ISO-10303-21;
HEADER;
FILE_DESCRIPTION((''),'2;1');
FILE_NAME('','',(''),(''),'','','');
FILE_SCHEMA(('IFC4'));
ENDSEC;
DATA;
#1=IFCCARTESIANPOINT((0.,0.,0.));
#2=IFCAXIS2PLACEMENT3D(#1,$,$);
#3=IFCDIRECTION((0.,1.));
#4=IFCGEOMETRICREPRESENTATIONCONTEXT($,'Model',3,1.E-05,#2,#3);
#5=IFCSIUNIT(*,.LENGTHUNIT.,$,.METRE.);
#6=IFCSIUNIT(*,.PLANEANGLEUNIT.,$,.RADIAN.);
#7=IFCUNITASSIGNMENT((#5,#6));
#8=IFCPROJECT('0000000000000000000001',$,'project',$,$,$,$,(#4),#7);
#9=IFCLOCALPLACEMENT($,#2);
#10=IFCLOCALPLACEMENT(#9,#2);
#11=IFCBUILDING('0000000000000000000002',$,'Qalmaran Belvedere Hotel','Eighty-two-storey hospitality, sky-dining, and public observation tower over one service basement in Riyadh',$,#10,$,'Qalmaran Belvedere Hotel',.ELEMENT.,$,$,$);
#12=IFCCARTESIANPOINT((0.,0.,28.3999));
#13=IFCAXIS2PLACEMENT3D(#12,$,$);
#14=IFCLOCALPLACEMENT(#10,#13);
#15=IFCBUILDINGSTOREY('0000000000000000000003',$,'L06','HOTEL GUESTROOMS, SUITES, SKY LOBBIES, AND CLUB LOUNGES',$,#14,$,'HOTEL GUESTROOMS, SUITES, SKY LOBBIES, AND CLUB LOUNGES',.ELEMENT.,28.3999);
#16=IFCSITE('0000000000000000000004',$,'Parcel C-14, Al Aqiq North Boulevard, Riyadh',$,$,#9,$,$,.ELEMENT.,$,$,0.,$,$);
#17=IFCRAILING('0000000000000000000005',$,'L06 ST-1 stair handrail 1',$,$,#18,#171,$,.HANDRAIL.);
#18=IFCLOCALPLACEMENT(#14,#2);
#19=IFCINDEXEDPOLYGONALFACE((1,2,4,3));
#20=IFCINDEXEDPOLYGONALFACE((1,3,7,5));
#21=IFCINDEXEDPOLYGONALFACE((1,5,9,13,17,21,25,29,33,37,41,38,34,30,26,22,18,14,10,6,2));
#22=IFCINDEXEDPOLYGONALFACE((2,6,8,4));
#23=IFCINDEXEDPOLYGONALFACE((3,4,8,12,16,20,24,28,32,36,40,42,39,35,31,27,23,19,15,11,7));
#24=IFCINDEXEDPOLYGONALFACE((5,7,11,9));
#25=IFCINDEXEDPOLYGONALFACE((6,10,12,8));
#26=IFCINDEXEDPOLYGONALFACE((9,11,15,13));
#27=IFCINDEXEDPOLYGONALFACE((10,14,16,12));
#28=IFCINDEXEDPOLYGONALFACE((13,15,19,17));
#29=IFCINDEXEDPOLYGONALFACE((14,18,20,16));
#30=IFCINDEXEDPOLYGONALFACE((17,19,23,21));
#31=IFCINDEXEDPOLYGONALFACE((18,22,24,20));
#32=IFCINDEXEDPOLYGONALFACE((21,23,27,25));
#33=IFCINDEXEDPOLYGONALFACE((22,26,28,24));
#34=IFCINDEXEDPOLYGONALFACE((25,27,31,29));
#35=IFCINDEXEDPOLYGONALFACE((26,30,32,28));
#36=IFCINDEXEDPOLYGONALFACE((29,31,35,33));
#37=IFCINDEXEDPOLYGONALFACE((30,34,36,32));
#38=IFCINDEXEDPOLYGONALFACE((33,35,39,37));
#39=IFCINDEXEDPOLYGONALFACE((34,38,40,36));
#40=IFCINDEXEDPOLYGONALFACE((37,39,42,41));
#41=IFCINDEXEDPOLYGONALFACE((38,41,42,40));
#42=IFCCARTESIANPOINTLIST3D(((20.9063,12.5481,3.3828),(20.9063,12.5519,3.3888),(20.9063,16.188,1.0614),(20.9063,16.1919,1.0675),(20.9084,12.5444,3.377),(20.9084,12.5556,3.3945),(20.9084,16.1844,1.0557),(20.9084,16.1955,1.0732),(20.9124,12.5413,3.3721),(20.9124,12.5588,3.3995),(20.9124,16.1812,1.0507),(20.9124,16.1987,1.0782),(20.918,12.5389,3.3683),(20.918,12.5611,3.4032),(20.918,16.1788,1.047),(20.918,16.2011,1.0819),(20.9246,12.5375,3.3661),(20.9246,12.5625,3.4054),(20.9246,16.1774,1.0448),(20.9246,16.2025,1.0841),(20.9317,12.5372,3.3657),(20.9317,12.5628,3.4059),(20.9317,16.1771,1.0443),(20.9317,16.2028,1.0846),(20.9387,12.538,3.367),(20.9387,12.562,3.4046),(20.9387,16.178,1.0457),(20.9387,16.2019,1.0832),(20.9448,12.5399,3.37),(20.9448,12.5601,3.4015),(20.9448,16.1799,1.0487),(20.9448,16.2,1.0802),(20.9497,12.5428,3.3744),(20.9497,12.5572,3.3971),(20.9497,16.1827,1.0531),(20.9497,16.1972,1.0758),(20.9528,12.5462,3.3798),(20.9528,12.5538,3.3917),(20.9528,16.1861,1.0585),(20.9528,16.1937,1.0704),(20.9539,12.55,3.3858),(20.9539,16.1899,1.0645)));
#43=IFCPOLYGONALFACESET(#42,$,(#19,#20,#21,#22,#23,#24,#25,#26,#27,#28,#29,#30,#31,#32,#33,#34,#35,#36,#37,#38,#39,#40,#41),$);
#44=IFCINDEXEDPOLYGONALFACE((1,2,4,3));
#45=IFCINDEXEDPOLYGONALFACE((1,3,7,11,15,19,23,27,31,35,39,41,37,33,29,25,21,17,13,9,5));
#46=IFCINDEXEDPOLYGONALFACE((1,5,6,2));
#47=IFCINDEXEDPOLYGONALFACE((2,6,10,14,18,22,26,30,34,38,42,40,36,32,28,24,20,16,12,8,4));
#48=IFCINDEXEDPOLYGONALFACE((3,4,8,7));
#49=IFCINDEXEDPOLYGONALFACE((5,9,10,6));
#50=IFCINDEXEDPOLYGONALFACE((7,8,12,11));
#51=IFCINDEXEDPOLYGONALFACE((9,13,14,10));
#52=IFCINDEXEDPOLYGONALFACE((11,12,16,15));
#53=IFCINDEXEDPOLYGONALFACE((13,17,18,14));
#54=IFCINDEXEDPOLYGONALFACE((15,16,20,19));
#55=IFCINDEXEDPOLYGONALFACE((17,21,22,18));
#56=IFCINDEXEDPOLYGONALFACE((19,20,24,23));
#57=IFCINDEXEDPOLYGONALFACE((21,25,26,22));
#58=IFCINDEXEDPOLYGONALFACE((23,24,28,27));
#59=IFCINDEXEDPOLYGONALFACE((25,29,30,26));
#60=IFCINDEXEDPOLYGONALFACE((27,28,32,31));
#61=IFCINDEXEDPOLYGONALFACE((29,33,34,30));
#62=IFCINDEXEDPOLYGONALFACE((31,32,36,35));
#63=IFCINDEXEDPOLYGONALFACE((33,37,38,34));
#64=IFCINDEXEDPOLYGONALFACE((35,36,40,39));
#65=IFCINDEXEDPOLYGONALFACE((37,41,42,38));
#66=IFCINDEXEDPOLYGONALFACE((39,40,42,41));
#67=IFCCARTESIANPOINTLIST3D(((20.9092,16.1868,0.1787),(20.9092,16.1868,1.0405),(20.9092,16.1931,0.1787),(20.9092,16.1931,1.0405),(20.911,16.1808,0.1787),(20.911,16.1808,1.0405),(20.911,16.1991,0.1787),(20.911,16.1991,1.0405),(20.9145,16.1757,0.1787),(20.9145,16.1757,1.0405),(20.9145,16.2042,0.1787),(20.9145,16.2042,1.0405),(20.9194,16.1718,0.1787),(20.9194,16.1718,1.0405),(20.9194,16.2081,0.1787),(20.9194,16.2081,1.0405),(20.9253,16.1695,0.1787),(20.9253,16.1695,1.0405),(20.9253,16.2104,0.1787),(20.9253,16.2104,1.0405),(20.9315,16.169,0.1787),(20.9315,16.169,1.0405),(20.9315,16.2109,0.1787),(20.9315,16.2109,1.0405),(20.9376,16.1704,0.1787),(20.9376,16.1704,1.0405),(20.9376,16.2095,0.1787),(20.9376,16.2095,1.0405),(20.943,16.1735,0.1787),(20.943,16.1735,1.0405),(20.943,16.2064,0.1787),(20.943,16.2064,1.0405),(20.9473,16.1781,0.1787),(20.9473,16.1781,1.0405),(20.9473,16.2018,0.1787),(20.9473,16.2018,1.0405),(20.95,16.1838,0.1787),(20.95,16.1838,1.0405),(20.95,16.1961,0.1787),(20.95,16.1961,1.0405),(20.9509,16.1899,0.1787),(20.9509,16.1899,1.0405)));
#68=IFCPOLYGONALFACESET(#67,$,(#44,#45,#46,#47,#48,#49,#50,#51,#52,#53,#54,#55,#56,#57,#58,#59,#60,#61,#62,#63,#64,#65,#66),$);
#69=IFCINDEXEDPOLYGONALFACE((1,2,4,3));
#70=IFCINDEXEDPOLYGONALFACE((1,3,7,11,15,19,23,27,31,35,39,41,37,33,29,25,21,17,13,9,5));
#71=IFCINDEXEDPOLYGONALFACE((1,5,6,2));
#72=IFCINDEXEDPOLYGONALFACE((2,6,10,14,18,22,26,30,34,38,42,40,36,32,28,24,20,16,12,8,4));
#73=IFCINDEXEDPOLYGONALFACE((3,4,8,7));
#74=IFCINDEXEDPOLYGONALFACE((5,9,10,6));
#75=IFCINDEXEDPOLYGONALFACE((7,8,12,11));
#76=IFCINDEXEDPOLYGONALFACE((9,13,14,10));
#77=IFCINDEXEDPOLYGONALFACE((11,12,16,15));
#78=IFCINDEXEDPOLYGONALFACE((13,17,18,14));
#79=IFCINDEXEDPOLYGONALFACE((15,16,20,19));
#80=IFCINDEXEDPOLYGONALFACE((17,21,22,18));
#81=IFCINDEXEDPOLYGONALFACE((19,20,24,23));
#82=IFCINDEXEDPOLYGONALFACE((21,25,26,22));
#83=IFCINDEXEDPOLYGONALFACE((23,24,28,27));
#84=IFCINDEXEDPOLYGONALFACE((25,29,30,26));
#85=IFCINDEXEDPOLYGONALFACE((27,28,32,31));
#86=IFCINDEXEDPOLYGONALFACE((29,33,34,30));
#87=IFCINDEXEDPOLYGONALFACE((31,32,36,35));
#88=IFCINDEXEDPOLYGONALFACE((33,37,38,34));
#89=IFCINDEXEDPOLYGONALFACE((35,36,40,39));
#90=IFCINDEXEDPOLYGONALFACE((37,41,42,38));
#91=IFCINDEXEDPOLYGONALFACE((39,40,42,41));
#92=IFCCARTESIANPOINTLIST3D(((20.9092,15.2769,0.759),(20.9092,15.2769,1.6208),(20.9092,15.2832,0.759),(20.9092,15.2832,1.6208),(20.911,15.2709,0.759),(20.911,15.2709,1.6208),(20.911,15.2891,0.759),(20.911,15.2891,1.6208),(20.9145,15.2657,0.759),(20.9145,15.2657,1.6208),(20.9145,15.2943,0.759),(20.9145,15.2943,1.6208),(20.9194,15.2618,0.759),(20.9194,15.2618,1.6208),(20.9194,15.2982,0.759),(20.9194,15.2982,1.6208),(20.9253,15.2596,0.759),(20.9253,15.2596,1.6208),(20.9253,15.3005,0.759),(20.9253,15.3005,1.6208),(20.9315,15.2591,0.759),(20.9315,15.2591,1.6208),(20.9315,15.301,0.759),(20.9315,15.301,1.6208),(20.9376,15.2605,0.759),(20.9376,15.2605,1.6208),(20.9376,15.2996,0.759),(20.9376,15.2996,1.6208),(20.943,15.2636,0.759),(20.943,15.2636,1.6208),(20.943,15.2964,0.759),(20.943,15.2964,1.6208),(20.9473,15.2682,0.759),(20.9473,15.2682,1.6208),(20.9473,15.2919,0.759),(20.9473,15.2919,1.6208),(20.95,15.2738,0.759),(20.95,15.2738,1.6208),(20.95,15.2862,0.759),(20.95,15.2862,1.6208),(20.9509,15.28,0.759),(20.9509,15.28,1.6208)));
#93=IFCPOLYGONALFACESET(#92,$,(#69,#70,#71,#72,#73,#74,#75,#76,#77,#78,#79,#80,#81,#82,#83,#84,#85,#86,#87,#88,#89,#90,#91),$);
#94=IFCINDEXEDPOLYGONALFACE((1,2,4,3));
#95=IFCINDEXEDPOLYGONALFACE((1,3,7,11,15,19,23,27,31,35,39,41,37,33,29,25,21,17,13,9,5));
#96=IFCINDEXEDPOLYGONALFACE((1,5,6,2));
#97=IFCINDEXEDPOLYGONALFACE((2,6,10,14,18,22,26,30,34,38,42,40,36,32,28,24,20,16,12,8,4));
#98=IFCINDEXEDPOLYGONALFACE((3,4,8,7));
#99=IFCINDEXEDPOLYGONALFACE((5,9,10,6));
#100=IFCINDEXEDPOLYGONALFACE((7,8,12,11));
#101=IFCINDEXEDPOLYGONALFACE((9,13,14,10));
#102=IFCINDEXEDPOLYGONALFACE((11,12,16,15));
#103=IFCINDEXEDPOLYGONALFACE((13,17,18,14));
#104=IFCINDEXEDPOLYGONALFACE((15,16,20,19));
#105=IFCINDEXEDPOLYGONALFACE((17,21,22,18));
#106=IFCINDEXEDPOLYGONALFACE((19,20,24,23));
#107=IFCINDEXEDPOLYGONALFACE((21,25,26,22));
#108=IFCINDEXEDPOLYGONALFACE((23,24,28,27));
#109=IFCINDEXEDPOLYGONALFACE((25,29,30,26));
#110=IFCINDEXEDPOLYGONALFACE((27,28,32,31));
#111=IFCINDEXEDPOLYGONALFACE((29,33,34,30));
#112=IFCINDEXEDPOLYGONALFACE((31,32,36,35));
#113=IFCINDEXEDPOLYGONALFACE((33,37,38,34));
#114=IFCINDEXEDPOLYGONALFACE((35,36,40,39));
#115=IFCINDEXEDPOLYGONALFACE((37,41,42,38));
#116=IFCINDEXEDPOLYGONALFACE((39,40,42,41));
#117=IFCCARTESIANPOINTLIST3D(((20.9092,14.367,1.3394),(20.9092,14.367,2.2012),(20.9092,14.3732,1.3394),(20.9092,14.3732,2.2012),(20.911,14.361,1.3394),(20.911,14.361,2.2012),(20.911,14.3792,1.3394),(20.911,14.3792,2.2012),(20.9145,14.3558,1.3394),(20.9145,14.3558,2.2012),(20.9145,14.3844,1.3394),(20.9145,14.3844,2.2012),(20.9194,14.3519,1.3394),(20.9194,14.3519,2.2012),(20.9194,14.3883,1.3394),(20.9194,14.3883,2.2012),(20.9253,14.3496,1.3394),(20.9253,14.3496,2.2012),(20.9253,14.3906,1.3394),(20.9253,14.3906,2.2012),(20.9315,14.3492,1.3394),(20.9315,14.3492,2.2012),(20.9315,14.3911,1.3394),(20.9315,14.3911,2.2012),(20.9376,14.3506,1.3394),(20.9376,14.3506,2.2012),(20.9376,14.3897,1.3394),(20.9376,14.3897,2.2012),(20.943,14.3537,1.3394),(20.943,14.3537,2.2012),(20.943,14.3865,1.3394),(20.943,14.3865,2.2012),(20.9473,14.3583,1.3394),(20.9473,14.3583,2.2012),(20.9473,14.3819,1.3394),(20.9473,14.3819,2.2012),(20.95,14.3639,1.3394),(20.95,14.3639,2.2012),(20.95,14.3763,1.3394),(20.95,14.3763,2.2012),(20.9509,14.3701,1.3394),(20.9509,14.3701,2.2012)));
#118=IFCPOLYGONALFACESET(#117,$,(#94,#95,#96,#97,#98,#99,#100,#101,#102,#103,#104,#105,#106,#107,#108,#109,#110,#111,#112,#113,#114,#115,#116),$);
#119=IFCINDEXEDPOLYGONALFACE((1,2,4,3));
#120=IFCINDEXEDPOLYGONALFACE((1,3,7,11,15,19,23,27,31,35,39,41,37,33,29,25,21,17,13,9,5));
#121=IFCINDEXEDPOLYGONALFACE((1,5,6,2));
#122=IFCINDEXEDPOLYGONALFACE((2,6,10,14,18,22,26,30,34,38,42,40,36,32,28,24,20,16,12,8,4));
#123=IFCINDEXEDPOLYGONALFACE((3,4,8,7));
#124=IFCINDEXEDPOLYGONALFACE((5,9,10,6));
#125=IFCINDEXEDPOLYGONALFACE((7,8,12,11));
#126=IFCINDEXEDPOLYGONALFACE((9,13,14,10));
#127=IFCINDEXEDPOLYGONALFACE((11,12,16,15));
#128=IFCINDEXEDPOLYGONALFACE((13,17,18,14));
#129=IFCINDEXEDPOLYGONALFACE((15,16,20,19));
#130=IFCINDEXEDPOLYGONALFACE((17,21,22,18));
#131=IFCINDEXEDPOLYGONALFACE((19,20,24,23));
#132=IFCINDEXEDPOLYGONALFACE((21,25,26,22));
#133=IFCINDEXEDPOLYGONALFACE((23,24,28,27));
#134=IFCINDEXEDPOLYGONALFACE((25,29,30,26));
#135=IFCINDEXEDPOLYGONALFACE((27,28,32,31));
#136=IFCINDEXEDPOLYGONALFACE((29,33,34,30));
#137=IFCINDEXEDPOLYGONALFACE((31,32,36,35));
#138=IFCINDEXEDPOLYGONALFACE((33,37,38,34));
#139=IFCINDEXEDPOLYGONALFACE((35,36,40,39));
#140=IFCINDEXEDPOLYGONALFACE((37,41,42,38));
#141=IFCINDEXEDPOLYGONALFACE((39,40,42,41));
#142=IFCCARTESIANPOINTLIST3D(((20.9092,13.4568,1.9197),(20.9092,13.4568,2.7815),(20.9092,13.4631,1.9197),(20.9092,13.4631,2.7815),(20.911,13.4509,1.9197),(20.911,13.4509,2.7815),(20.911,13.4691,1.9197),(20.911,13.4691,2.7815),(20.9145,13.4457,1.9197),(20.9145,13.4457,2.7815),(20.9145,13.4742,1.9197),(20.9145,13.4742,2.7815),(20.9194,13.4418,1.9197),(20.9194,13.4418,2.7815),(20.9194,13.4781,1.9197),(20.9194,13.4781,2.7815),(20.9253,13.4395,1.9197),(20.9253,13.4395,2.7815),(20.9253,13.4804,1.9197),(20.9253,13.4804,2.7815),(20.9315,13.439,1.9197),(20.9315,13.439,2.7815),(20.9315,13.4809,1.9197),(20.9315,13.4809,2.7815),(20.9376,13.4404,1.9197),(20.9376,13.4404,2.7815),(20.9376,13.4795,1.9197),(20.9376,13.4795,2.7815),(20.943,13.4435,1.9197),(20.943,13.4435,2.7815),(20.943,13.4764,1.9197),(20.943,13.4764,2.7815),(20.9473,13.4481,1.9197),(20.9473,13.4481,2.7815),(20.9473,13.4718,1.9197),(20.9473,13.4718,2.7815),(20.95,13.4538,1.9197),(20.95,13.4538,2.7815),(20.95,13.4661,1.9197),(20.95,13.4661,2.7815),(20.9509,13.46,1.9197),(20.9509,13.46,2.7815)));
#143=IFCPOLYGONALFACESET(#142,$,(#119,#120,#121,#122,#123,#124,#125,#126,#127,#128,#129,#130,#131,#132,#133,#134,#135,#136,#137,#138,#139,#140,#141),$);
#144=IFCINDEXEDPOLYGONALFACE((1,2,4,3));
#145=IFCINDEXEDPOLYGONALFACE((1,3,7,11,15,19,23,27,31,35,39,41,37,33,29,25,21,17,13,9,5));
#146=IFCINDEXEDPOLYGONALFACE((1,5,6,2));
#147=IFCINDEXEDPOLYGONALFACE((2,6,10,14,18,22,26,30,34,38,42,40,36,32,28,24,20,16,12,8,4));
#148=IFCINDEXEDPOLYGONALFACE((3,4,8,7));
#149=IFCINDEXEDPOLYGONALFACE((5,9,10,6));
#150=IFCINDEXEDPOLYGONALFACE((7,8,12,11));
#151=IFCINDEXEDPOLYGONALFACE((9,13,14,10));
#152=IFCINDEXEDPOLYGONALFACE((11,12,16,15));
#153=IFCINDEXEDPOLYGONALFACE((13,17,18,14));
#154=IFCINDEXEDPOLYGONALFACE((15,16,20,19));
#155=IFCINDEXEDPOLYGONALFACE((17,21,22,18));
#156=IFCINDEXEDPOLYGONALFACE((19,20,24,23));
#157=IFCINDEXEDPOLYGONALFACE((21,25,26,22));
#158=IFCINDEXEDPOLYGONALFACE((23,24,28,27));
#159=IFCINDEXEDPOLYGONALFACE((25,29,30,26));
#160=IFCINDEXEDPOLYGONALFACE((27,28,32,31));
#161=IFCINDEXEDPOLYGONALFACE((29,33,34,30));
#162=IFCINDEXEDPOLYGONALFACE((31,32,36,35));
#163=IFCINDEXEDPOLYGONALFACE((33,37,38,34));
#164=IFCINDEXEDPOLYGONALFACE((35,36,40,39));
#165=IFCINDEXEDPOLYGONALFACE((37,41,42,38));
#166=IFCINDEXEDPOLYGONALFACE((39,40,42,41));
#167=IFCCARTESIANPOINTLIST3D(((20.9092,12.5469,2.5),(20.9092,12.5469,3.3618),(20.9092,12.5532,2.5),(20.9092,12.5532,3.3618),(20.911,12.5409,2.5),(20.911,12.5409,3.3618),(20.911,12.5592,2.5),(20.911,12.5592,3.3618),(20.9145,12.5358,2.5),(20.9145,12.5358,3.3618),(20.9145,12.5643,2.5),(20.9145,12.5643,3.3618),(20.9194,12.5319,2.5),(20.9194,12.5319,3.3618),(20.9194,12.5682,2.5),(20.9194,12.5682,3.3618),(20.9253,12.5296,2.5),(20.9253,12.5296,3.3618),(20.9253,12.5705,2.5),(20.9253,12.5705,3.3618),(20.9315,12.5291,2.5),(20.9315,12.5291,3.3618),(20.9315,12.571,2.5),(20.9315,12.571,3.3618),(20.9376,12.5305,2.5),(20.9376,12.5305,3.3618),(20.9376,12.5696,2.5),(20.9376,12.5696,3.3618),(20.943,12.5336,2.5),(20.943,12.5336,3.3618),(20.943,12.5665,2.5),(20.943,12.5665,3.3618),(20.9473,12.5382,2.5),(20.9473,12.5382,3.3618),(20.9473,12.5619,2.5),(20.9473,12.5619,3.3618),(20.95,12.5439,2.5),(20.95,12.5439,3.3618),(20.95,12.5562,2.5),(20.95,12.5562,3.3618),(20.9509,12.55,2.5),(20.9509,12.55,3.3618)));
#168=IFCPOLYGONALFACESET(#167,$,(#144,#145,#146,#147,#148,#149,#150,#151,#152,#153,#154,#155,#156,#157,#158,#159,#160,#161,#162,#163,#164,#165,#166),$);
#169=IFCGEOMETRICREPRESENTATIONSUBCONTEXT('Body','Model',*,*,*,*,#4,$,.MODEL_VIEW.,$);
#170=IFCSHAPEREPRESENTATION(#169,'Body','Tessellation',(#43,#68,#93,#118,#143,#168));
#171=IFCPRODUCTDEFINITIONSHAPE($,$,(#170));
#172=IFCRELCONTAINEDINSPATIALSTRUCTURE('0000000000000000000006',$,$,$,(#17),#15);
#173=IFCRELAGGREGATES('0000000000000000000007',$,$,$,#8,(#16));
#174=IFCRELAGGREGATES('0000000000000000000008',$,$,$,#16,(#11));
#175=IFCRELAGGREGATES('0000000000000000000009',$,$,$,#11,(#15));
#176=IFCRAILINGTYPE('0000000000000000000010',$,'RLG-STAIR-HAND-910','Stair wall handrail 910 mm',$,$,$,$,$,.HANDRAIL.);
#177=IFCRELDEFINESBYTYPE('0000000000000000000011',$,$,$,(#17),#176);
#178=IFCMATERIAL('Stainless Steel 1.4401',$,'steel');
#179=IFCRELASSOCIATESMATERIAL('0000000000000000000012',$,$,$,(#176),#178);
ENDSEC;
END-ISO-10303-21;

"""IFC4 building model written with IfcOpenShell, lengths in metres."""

from ifc_helpers import new_model, si_unit, direction, frame, origin, origin_2d, place, context, subcontext, project, spatial, circle, extrude, material, type_object, element, save


model = new_model("IFC4")

# Units and contexts
model_context = context("Model", 3, precision=1e-05, world=origin(), true_north=direction((0.0, 1.0)))
body_context = subcontext(model_context, "Body", "Model", "MODEL_VIEW")
ifc_project = project(units=[si_unit("LENGTHUNIT", "METRE"), si_unit("PLANEANGLEUNIT", "RADIAN")], contexts=[model_context])

# Site, building, storey
site_placement = place(None, origin())
site = spatial("IfcSite", under=ifc_project, at=site_placement, Name="Parcel C-14, Al Aqiq North Boulevard, Riyadh", CompositionType="ELEMENT", RefElevation=0.0)
building_placement = place(site_placement, origin())
building = spatial("IfcBuilding", under=site, at=building_placement, Name="Qalmaran Belvedere Hotel", Description="Eighty-two-storey hospitality, sky-dining, and public observation tower over one service basement in Riyadh", LongName="Qalmaran Belvedere Hotel", CompositionType="ELEMENT")
storey_placement = place(building_placement, frame((0.0, 0.0, 28.3999)))
storey = spatial("IfcBuildingStorey", under=building, at=storey_placement, Name="L06", Description="HOTEL GUESTROOMS, SUITES, SKY LOBBIES, AND CLUB LOUNGES", LongName="HOTEL GUESTROOMS, SUITES, SKY LOBBIES, AND CLUB LOUNGES", CompositionType="ELEMENT", Elevation=28.3999)

# Shared definitions
ifc_material_1 = material(Name="Stainless Steel 1.4401", Category="steel")

# Railing
railing_type_1 = type_object("IfcRailingType", Name="RLG-STAIR-HAND-910", Description="Stair wall handrail 910 mm", PredefinedType="HANDRAIL", material=ifc_material_1)
railing_1_placement = place(storey_placement, frame((20.9299, 16.1899, 0.1787)))
element("IfcRailing", 1, at=railing_1_placement, inside=storey, type_object=railing_type_1, Name="L06 ST-1 stair handrail 1", PredefinedType="HANDRAIL", context=body_context, shape_type="SweptSolid", body=[
    extrude(circle(Radius=0.0239, at=origin_2d()), frame((0.0, 0.0, 0.8857), z_axis=(0.0, -0.843137, 0.537699), x_axis=(1.0, 0.0, 0.0)), (0.0, 0.0, 1.0), 4.3171),
    extrude(circle(Radius=0.021, at=origin_2d()), origin(), (0.0, 0.0, 1.0), 0.8618),
    extrude(circle(Radius=0.021, at=origin_2d()), frame((0.0, -0.9099, 0.5803)), (0.0, 0.0, 1.0), 0.8618),
    extrude(circle(Radius=0.021, at=origin_2d()), frame((0.0, -1.8198, 1.1606)), (0.0, 0.0, 1.0), 0.8618),
    extrude(circle(Radius=0.021, at=origin_2d()), frame((0.0, -2.73, 1.741)), (0.0, 0.0, 1.0), 0.8618),
    extrude(circle(Radius=0.021, at=origin_2d()), frame((0.0, -3.6399, 2.3213)), (0.0, 0.0, 1.0), 0.8618),
])

save(model, "model.ifc")
